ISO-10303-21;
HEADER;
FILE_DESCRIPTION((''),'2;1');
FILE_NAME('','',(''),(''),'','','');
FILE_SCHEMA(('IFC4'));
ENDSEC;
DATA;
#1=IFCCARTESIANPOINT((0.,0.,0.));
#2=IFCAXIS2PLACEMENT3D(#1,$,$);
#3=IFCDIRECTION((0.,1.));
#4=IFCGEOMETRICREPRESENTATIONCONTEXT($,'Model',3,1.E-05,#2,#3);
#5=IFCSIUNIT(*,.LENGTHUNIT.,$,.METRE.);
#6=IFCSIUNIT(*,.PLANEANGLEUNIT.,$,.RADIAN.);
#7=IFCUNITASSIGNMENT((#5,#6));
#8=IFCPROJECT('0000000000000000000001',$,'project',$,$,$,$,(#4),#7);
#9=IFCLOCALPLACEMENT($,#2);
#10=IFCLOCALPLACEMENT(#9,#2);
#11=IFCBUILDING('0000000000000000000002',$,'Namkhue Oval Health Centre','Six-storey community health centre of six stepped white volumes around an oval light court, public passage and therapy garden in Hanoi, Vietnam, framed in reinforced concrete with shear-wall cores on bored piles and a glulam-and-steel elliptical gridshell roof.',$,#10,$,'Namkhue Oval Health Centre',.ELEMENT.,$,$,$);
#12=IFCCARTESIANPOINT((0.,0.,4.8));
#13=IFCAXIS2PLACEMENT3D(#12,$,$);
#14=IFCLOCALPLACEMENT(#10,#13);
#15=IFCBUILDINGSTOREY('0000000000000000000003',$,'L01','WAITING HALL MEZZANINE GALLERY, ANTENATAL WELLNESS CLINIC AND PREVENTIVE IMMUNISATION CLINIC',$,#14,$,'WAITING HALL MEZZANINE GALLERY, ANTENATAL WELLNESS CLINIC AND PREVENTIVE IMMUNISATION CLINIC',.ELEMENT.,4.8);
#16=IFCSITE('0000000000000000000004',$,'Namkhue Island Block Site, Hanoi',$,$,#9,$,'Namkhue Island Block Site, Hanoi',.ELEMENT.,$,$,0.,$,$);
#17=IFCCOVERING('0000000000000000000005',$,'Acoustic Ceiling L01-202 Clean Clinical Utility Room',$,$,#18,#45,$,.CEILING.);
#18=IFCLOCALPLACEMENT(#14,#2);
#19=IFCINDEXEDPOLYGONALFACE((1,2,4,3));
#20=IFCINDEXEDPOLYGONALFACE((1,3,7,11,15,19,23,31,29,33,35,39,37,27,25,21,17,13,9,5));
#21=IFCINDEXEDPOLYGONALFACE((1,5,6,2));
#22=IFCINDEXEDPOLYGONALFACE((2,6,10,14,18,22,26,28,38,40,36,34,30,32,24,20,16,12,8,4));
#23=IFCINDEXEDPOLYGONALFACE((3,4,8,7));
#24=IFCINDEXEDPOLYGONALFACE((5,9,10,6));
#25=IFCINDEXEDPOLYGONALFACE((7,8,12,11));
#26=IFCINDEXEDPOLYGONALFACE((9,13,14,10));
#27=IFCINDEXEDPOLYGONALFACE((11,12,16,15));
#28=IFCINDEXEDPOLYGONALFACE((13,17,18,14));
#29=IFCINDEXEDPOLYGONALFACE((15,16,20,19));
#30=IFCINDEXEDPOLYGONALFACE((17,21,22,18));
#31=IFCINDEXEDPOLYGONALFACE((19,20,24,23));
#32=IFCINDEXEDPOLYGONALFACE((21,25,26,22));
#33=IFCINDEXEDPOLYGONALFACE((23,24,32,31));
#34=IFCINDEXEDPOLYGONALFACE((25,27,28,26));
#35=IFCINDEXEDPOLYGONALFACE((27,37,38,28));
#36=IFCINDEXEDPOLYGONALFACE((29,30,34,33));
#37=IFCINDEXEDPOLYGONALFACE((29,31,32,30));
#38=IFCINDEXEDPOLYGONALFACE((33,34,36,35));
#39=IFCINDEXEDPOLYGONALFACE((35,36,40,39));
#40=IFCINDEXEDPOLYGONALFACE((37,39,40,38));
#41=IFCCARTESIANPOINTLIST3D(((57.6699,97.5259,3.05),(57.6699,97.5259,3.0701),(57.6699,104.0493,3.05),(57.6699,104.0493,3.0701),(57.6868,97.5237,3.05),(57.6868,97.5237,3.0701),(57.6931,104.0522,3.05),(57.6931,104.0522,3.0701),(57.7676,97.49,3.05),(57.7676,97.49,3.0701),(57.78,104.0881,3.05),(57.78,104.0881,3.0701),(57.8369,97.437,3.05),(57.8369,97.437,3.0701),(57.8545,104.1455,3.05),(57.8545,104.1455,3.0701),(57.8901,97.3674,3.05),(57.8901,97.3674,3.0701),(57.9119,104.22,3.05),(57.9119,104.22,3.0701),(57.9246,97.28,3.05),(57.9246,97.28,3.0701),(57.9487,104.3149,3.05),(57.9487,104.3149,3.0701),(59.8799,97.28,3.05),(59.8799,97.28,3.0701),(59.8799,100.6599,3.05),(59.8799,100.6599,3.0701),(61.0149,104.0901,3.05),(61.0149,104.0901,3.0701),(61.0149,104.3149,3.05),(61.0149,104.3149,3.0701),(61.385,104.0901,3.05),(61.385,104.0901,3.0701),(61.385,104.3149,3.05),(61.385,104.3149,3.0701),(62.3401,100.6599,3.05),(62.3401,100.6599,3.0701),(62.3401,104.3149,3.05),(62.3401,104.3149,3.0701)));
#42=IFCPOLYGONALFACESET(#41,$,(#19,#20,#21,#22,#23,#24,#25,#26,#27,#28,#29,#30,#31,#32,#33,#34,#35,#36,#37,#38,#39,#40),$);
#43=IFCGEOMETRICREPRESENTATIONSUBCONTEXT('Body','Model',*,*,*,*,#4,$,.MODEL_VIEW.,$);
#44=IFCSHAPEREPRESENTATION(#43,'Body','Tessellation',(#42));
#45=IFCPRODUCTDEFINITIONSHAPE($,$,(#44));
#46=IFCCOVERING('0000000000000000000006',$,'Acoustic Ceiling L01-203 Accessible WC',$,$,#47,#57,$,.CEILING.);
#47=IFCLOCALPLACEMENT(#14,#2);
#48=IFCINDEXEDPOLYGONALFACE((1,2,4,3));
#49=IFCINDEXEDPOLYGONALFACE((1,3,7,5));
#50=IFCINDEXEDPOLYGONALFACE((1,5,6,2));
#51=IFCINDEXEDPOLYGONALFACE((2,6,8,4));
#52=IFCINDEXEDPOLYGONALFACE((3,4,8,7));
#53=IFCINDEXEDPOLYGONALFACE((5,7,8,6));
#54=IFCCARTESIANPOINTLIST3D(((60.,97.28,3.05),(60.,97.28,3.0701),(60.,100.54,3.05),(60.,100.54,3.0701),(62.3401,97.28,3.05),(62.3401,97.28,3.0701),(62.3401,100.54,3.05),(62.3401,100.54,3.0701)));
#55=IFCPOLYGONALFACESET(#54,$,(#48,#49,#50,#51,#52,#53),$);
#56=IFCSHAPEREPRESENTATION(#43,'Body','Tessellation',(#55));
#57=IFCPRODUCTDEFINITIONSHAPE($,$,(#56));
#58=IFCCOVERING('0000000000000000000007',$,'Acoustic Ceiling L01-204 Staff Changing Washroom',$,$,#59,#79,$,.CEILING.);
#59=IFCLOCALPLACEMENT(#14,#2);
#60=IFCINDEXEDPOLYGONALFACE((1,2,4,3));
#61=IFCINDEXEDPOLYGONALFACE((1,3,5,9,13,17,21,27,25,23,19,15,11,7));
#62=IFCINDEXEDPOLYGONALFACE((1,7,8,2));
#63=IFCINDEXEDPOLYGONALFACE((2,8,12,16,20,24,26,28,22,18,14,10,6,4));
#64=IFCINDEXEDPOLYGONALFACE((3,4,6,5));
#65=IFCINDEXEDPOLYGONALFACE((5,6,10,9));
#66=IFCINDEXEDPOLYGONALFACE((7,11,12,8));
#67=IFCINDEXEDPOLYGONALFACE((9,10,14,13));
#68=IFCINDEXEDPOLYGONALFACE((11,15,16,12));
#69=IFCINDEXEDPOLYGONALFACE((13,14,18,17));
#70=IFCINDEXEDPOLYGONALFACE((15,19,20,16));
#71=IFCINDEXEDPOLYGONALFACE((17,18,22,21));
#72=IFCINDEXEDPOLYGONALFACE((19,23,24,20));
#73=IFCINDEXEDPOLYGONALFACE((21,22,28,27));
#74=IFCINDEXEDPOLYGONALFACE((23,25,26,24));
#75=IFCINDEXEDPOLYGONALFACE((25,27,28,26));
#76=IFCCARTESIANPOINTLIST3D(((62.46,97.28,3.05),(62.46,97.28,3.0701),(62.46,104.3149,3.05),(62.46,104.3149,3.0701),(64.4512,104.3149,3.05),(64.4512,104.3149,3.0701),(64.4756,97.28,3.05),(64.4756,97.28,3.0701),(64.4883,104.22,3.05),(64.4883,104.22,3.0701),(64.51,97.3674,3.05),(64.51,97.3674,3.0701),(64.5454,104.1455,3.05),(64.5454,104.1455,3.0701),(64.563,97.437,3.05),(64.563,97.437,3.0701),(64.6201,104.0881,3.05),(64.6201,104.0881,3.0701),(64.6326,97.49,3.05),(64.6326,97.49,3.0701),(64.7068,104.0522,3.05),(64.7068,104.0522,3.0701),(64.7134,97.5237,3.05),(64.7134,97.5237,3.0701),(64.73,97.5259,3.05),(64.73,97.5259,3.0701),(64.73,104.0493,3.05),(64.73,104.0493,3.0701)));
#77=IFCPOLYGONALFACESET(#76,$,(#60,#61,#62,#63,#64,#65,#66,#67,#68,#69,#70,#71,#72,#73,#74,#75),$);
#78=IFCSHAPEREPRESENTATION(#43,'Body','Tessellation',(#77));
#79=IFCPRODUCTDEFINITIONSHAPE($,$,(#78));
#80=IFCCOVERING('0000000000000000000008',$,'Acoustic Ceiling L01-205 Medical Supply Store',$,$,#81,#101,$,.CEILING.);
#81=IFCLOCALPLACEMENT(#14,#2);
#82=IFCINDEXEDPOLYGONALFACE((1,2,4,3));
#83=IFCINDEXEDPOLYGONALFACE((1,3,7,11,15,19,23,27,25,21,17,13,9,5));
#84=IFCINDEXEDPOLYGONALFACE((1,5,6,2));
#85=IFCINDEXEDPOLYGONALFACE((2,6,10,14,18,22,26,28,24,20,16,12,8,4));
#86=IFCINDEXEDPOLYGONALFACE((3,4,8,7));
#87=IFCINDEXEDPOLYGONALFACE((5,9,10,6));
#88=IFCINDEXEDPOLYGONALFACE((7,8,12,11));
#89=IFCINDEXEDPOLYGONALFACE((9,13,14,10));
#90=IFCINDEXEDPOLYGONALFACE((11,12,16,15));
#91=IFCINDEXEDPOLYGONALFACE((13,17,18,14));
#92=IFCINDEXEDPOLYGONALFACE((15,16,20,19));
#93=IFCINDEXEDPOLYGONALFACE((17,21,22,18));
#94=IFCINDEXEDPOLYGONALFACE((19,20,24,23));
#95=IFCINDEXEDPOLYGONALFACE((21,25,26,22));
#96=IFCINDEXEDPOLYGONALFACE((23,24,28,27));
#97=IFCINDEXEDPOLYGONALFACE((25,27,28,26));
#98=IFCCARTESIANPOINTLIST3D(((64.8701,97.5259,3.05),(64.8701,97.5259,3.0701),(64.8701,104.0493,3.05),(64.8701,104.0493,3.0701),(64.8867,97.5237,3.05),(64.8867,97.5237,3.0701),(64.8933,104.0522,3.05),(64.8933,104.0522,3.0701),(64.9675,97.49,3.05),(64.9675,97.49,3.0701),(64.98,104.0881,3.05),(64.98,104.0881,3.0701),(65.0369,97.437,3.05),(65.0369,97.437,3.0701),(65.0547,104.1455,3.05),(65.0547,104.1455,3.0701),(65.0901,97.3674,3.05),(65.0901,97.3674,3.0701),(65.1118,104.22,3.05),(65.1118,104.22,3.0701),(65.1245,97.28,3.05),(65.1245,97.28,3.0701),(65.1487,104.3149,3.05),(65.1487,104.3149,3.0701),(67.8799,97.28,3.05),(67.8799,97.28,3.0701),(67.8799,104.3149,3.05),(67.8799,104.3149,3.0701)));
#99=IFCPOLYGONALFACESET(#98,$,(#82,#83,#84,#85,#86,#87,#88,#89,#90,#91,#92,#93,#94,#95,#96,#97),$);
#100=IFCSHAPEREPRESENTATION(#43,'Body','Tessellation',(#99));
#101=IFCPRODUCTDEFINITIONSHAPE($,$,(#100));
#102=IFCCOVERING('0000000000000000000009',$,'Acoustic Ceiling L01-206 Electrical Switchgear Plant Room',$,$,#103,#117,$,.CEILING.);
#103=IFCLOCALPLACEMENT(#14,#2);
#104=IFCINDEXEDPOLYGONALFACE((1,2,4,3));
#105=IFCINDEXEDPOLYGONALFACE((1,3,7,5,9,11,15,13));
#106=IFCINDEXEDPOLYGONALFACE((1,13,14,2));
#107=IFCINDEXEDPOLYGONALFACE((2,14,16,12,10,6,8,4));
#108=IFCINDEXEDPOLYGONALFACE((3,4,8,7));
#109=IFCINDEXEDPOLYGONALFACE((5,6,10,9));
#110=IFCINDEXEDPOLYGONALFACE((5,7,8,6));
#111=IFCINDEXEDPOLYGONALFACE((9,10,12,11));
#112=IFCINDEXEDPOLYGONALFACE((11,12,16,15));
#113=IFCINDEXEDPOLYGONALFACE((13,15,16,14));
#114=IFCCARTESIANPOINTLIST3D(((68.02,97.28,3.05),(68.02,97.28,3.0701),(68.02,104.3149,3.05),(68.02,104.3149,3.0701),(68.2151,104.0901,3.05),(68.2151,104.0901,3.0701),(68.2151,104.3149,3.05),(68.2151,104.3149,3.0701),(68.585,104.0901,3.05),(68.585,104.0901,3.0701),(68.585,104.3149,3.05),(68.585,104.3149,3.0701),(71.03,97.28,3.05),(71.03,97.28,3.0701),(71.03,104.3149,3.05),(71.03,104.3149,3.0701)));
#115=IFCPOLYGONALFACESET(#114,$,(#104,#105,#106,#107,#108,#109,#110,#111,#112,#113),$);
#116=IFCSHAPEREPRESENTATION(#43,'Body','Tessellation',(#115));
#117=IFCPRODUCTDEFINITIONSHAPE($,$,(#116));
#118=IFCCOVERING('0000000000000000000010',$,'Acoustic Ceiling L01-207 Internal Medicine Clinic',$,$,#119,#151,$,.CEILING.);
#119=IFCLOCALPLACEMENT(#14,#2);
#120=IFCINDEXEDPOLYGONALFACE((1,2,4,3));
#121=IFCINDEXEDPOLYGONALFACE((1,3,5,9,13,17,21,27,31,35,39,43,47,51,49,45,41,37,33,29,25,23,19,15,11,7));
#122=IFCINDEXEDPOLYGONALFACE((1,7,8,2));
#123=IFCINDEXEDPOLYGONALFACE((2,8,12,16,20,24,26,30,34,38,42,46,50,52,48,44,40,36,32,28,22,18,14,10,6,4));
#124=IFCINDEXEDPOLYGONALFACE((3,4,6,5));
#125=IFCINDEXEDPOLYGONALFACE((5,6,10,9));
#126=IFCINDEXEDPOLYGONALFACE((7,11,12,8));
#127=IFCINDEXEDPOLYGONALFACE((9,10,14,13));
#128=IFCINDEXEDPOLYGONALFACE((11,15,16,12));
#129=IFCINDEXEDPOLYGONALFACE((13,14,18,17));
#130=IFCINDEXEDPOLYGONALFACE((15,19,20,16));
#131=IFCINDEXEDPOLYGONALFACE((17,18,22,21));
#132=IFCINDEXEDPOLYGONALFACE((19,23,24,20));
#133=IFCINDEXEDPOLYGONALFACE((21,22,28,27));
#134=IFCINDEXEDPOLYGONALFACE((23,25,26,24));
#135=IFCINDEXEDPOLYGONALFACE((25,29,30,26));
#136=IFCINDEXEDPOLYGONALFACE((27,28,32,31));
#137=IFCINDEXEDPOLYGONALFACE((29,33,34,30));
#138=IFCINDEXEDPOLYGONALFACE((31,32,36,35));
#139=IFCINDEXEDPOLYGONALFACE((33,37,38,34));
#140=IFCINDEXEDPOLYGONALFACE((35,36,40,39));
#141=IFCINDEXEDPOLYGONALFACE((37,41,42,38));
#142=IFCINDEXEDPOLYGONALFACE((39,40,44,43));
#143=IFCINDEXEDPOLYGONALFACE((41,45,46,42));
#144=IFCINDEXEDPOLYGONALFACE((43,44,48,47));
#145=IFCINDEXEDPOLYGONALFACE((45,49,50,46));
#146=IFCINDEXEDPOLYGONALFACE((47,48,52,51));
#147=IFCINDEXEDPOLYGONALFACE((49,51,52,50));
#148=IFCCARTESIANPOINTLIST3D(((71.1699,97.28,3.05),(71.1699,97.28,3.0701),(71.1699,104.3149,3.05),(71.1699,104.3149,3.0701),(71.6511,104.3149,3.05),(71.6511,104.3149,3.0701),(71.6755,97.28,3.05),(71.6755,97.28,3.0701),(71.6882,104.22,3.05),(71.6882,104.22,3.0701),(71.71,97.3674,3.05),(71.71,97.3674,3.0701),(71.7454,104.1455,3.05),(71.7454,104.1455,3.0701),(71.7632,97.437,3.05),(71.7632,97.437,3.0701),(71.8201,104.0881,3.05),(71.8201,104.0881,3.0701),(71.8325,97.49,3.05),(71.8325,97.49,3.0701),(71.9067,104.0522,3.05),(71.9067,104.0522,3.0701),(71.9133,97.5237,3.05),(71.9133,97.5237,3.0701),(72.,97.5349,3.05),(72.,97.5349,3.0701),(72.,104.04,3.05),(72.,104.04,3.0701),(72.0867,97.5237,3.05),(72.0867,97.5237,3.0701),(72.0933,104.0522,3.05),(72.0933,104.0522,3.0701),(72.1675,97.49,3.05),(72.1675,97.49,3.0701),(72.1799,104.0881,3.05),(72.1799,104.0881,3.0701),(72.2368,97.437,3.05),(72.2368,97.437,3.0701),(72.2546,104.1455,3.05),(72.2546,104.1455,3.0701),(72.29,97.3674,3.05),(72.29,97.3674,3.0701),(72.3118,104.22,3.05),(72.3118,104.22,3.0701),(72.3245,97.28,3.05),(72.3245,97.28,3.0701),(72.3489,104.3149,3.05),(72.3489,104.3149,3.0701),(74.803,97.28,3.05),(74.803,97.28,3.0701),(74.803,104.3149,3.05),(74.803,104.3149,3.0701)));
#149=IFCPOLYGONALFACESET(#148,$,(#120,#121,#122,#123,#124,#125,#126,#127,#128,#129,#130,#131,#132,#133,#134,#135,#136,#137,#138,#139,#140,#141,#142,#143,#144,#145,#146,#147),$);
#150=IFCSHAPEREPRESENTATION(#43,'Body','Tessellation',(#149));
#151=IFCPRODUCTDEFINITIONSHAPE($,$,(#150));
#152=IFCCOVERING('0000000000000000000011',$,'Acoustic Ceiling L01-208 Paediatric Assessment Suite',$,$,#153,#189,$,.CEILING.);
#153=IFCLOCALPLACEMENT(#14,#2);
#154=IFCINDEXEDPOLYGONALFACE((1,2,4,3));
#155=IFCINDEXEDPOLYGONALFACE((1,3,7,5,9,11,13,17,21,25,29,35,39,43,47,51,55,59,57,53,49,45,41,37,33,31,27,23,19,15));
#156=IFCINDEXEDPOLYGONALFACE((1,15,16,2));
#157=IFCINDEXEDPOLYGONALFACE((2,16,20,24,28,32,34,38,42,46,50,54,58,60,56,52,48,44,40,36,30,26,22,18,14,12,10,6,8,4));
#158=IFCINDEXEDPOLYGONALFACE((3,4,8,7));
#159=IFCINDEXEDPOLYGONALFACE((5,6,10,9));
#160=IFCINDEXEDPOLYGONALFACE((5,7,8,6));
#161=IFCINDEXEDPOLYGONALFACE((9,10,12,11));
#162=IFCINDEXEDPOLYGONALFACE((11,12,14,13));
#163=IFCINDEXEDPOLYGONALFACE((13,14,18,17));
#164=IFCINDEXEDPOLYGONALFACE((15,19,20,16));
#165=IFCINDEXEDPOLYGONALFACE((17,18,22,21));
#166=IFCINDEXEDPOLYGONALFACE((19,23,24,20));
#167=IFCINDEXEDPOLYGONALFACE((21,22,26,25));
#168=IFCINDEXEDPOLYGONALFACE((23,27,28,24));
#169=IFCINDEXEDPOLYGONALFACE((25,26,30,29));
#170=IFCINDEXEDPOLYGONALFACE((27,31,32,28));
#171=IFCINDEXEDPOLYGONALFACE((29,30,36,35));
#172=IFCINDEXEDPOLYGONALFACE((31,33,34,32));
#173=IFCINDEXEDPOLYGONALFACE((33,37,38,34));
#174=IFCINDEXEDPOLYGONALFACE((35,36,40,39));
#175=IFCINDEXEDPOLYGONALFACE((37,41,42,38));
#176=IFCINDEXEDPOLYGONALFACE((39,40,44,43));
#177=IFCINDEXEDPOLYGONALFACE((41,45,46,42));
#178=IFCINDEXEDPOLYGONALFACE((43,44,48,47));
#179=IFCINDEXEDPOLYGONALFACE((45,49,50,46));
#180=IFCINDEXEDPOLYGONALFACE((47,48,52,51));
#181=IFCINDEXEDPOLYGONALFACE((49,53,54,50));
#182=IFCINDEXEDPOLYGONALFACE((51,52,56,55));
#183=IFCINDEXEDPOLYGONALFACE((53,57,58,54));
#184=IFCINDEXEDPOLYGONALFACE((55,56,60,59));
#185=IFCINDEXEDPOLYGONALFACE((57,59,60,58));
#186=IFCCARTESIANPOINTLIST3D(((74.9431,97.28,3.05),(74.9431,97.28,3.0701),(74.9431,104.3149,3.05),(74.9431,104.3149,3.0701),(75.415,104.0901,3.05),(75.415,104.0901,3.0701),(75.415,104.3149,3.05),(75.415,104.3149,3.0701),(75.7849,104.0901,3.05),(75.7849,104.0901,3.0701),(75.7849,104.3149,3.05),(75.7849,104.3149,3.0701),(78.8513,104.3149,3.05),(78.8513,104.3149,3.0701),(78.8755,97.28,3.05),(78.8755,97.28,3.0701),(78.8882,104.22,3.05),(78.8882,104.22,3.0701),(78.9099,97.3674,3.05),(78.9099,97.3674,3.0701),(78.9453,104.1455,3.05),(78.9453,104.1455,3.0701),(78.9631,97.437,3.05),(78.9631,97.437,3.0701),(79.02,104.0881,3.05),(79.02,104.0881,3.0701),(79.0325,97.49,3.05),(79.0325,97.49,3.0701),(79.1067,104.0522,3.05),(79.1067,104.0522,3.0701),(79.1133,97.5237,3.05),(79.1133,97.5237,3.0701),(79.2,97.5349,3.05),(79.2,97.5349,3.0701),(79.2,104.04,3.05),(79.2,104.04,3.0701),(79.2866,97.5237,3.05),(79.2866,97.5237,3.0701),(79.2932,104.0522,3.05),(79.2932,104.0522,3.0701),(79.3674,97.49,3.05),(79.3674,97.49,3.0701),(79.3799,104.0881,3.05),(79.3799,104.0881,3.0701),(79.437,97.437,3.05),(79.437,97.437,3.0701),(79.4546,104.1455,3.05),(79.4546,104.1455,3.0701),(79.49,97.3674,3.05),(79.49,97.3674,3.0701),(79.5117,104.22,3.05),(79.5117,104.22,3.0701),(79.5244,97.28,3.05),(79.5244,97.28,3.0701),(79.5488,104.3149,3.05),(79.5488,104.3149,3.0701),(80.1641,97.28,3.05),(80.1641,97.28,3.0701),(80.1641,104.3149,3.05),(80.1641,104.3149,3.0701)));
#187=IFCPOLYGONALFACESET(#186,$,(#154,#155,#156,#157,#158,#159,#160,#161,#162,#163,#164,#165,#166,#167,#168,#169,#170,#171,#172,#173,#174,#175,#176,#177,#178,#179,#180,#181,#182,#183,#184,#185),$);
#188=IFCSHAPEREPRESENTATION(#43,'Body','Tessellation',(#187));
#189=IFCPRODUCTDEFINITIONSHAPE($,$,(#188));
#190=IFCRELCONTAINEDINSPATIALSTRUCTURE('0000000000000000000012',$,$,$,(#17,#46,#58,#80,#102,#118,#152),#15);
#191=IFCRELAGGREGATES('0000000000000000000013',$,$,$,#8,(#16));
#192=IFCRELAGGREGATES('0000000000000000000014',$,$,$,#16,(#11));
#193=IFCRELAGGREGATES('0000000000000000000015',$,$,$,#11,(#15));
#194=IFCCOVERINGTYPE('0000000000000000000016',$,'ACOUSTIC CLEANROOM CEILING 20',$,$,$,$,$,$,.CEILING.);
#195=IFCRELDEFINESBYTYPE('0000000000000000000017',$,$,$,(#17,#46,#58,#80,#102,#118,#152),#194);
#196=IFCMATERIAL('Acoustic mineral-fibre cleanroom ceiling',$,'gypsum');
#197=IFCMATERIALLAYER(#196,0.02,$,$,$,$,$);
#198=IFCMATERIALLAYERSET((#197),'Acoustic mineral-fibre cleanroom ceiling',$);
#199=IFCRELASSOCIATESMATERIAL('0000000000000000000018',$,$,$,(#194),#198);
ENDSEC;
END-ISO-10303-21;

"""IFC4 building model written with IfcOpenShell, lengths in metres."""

from ifc_helpers import new_model, si_unit, direction, frame, origin, place, context, subcontext, project, spatial, polyline, outline, extrude, material, layer, layer_set, type_object, element, save


model = new_model("IFC4")

# Units and contexts
model_context = context("Model", 3, precision=1e-05, world=origin(), true_north=direction((0.0, 1.0)))
body_context = subcontext(model_context, "Body", "Model", "MODEL_VIEW")
ifc_project = project(units=[si_unit("LENGTHUNIT", "METRE"), si_unit("PLANEANGLEUNIT", "RADIAN")], contexts=[model_context])

# Site, building, storey
site_placement = place(None, origin())
site = spatial("IfcSite", under=ifc_project, at=site_placement, Name="Namkhue Island Block Site, Hanoi", LongName="Namkhue Island Block Site, Hanoi", CompositionType="ELEMENT", RefElevation=0.0)
building_placement = place(site_placement, origin())
building = spatial("IfcBuilding", under=site, at=building_placement, Name="Namkhue Oval Health Centre", Description="Six-storey community health centre of six stepped white volumes around an oval light court, public passage and therapy garden in Hanoi, Vietnam, framed in reinforced concrete with shear-wall cores on bored piles and a glulam-and-steel elliptical gridshell roof.", LongName="Namkhue Oval Health Centre", CompositionType="ELEMENT")
storey_placement = place(building_placement, frame((0.0, 0.0, 4.8)))
storey = spatial("IfcBuildingStorey", under=building, at=storey_placement, Name="L01", Description="WAITING HALL MEZZANINE GALLERY, ANTENATAL WELLNESS CLINIC AND PREVENTIVE IMMUNISATION CLINIC", LongName="WAITING HALL MEZZANINE GALLERY, ANTENATAL WELLNESS CLINIC AND PREVENTIVE IMMUNISATION CLINIC", CompositionType="ELEMENT", Elevation=4.8)

# Coverings
ifc_material = material(Name="Acoustic mineral-fibre cleanroom ceiling", Category="gypsum")
ifc_layer = layer(ifc_material, 0.02)
ifc_layer_set = layer_set([ifc_layer], Name="Acoustic mineral-fibre cleanroom ceiling")
covering_type = type_object("IfcCoveringType", Name="ACOUSTIC CLEANROOM CEILING 20", PredefinedType="CEILING", material=ifc_layer_set)
covering_1_placement = place(storey_placement, frame((0.0, 0.0, 3.05)))
element("IfcCovering", 1, at=covering_1_placement, inside=storey, type_object=covering_type, Name="Acoustic Ceiling L01-202 Clean Clinical Utility Room", PredefinedType="CEILING", context=body_context, shape_type="SweptSolid", body=[
    extrude(outline(polyline([(61.0149, 104.3149), (61.0149, 104.0901), (61.385, 104.0901), (61.385, 104.3149), (62.3401, 104.3149), (62.3401, 100.6599), (59.8799, 100.6599), (59.8799, 97.28), (57.9246, 97.28), (57.8901, 97.3674), (57.8369, 97.437), (57.7676, 97.49), (57.6868, 97.5237), (57.6699, 97.5259), (57.6699, 104.0493), (57.6931, 104.0522), (57.78, 104.0881), (57.8545, 104.1455), (57.9119, 104.22), (57.9487, 104.3149), (61.0149, 104.3149)])), origin(), (0.0, 0.0, 1.0), 0.02),
])
covering_2_placement = place(storey_placement, frame((0.0, 0.0, 3.05)))
element("IfcCovering", 2, at=covering_2_placement, inside=storey, type_object=covering_type, Name="Acoustic Ceiling L01-203 Accessible WC", PredefinedType="CEILING", context=body_context, shape_type="SweptSolid", body=[
    extrude(outline(polyline([(62.3401, 100.54), (62.3401, 97.28), (60.0, 97.28), (60.0, 100.54), (62.3401, 100.54)])), origin(), (0.0, 0.0, 1.0), 0.02),
])
covering_3_placement = place(storey_placement, frame((0.0, 0.0, 3.05)))
element("IfcCovering", 3, at=covering_3_placement, inside=storey, type_object=covering_type, Name="Acoustic Ceiling L01-204 Staff Changing Washroom", PredefinedType="CEILING", context=body_context, shape_type="SweptSolid", body=[
    extrude(outline(polyline([(62.46, 97.28), (62.46, 104.3149), (64.4512, 104.3149), (64.4883, 104.22), (64.5454, 104.1455), (64.6201, 104.0881), (64.7068, 104.0522), (64.73, 104.0493), (64.73, 97.5259), (64.7134, 97.5237), (64.6326, 97.49), (64.563, 97.437), (64.51, 97.3674), (64.4756, 97.28), (62.46, 97.28)])), origin(), (0.0, 0.0, 1.0), 0.02),
])
covering_4_placement = place(storey_placement, frame((0.0, 0.0, 3.05)))
element("IfcCovering", 4, at=covering_4_placement, inside=storey, type_object=covering_type, Name="Acoustic Ceiling L01-205 Medical Supply Store", PredefinedType="CEILING", context=body_context, shape_type="SweptSolid", body=[
    extrude(outline(polyline([(65.1245, 97.28), (65.0901, 97.3674), (65.0369, 97.437), (64.9675, 97.49), (64.8867, 97.5237), (64.8701, 97.5259), (64.8701, 104.0493), (64.8933, 104.0522), (64.98, 104.0881), (65.0547, 104.1455), (65.1118, 104.22), (65.1487, 104.3149), (67.8799, 104.3149), (67.8799, 97.28), (65.1245, 97.28)])), origin(), (0.0, 0.0, 1.0), 0.02),
])
covering_5_placement = place(storey_placement, frame((0.0, 0.0, 3.05)))
element("IfcCovering", 5, at=covering_5_placement, inside=storey, type_object=covering_type, Name="Acoustic Ceiling L01-206 Electrical Switchgear Plant Room", PredefinedType="CEILING", context=body_context, shape_type="SweptSolid", body=[
    extrude(outline(polyline([(68.02, 97.28), (68.02, 104.3149), (68.2151, 104.3149), (68.2151, 104.0901), (68.585, 104.0901), (68.585, 104.3149), (71.03, 104.3149), (71.03, 97.28), (68.02, 97.28)])), origin(), (0.0, 0.0, 1.0), 0.02),
])
covering_6_placement = place(storey_placement, frame((0.0, 0.0, 3.05)))
element("IfcCovering", 6, at=covering_6_placement, inside=storey, type_object=covering_type, Name="Acoustic Ceiling L01-207 Internal Medicine Clinic", PredefinedType="CEILING", context=body_context, shape_type="SweptSolid", body=[
    extrude(outline(polyline([(72.3245, 97.28), (72.29, 97.3674), (72.2368, 97.437), (72.1675, 97.49), (72.0867, 97.5237), (72.0, 97.5349), (71.9133, 97.5237), (71.8325, 97.49), (71.7632, 97.437), (71.71, 97.3674), (71.6755, 97.28), (71.1699, 97.28), (71.1699, 104.3149), (71.6511, 104.3149), (71.6882, 104.22), (71.7454, 104.1455), (71.8201, 104.0881), (71.9067, 104.0522), (72.0, 104.04), (72.0933, 104.0522), (72.1799, 104.0881), (72.2546, 104.1455), (72.3118, 104.22), (72.3489, 104.3149), (74.803, 104.3149), (74.803, 97.28), (72.3245, 97.28)])), origin(), (0.0, 0.0, 1.0), 0.02),
])
covering_7_placement = place(storey_placement, frame((0.0, 0.0, 3.05)))
element("IfcCovering", 7, at=covering_7_placement, inside=storey, type_object=covering_type, Name="Acoustic Ceiling L01-208 Paediatric Assessment Suite", PredefinedType="CEILING", context=body_context, shape_type="SweptSolid", body=[
    extrude(outline(polyline([(79.5244, 97.28), (79.49, 97.3674), (79.437, 97.437), (79.3674, 97.49), (79.2866, 97.5237), (79.2, 97.5349), (79.1133, 97.5237), (79.0325, 97.49), (78.9631, 97.437), (78.9099, 97.3674), (78.8755, 97.28), (74.9431, 97.28), (74.9431, 104.3149), (75.415, 104.3149), (75.415, 104.0901), (75.7849, 104.0901), (75.7849, 104.3149), (78.8513, 104.3149), (78.8882, 104.22), (78.9453, 104.1455), (79.02, 104.0881), (79.1067, 104.0522), (79.2, 104.04), (79.2932, 104.0522), (79.3799, 104.0881), (79.4546, 104.1455), (79.5117, 104.22), (79.5488, 104.3149), (80.1641, 104.3149), (80.1641, 97.28), (79.5244, 97.28)])), origin(), (0.0, 0.0, 1.0), 0.02),
])

save(model, "model.ifc")
